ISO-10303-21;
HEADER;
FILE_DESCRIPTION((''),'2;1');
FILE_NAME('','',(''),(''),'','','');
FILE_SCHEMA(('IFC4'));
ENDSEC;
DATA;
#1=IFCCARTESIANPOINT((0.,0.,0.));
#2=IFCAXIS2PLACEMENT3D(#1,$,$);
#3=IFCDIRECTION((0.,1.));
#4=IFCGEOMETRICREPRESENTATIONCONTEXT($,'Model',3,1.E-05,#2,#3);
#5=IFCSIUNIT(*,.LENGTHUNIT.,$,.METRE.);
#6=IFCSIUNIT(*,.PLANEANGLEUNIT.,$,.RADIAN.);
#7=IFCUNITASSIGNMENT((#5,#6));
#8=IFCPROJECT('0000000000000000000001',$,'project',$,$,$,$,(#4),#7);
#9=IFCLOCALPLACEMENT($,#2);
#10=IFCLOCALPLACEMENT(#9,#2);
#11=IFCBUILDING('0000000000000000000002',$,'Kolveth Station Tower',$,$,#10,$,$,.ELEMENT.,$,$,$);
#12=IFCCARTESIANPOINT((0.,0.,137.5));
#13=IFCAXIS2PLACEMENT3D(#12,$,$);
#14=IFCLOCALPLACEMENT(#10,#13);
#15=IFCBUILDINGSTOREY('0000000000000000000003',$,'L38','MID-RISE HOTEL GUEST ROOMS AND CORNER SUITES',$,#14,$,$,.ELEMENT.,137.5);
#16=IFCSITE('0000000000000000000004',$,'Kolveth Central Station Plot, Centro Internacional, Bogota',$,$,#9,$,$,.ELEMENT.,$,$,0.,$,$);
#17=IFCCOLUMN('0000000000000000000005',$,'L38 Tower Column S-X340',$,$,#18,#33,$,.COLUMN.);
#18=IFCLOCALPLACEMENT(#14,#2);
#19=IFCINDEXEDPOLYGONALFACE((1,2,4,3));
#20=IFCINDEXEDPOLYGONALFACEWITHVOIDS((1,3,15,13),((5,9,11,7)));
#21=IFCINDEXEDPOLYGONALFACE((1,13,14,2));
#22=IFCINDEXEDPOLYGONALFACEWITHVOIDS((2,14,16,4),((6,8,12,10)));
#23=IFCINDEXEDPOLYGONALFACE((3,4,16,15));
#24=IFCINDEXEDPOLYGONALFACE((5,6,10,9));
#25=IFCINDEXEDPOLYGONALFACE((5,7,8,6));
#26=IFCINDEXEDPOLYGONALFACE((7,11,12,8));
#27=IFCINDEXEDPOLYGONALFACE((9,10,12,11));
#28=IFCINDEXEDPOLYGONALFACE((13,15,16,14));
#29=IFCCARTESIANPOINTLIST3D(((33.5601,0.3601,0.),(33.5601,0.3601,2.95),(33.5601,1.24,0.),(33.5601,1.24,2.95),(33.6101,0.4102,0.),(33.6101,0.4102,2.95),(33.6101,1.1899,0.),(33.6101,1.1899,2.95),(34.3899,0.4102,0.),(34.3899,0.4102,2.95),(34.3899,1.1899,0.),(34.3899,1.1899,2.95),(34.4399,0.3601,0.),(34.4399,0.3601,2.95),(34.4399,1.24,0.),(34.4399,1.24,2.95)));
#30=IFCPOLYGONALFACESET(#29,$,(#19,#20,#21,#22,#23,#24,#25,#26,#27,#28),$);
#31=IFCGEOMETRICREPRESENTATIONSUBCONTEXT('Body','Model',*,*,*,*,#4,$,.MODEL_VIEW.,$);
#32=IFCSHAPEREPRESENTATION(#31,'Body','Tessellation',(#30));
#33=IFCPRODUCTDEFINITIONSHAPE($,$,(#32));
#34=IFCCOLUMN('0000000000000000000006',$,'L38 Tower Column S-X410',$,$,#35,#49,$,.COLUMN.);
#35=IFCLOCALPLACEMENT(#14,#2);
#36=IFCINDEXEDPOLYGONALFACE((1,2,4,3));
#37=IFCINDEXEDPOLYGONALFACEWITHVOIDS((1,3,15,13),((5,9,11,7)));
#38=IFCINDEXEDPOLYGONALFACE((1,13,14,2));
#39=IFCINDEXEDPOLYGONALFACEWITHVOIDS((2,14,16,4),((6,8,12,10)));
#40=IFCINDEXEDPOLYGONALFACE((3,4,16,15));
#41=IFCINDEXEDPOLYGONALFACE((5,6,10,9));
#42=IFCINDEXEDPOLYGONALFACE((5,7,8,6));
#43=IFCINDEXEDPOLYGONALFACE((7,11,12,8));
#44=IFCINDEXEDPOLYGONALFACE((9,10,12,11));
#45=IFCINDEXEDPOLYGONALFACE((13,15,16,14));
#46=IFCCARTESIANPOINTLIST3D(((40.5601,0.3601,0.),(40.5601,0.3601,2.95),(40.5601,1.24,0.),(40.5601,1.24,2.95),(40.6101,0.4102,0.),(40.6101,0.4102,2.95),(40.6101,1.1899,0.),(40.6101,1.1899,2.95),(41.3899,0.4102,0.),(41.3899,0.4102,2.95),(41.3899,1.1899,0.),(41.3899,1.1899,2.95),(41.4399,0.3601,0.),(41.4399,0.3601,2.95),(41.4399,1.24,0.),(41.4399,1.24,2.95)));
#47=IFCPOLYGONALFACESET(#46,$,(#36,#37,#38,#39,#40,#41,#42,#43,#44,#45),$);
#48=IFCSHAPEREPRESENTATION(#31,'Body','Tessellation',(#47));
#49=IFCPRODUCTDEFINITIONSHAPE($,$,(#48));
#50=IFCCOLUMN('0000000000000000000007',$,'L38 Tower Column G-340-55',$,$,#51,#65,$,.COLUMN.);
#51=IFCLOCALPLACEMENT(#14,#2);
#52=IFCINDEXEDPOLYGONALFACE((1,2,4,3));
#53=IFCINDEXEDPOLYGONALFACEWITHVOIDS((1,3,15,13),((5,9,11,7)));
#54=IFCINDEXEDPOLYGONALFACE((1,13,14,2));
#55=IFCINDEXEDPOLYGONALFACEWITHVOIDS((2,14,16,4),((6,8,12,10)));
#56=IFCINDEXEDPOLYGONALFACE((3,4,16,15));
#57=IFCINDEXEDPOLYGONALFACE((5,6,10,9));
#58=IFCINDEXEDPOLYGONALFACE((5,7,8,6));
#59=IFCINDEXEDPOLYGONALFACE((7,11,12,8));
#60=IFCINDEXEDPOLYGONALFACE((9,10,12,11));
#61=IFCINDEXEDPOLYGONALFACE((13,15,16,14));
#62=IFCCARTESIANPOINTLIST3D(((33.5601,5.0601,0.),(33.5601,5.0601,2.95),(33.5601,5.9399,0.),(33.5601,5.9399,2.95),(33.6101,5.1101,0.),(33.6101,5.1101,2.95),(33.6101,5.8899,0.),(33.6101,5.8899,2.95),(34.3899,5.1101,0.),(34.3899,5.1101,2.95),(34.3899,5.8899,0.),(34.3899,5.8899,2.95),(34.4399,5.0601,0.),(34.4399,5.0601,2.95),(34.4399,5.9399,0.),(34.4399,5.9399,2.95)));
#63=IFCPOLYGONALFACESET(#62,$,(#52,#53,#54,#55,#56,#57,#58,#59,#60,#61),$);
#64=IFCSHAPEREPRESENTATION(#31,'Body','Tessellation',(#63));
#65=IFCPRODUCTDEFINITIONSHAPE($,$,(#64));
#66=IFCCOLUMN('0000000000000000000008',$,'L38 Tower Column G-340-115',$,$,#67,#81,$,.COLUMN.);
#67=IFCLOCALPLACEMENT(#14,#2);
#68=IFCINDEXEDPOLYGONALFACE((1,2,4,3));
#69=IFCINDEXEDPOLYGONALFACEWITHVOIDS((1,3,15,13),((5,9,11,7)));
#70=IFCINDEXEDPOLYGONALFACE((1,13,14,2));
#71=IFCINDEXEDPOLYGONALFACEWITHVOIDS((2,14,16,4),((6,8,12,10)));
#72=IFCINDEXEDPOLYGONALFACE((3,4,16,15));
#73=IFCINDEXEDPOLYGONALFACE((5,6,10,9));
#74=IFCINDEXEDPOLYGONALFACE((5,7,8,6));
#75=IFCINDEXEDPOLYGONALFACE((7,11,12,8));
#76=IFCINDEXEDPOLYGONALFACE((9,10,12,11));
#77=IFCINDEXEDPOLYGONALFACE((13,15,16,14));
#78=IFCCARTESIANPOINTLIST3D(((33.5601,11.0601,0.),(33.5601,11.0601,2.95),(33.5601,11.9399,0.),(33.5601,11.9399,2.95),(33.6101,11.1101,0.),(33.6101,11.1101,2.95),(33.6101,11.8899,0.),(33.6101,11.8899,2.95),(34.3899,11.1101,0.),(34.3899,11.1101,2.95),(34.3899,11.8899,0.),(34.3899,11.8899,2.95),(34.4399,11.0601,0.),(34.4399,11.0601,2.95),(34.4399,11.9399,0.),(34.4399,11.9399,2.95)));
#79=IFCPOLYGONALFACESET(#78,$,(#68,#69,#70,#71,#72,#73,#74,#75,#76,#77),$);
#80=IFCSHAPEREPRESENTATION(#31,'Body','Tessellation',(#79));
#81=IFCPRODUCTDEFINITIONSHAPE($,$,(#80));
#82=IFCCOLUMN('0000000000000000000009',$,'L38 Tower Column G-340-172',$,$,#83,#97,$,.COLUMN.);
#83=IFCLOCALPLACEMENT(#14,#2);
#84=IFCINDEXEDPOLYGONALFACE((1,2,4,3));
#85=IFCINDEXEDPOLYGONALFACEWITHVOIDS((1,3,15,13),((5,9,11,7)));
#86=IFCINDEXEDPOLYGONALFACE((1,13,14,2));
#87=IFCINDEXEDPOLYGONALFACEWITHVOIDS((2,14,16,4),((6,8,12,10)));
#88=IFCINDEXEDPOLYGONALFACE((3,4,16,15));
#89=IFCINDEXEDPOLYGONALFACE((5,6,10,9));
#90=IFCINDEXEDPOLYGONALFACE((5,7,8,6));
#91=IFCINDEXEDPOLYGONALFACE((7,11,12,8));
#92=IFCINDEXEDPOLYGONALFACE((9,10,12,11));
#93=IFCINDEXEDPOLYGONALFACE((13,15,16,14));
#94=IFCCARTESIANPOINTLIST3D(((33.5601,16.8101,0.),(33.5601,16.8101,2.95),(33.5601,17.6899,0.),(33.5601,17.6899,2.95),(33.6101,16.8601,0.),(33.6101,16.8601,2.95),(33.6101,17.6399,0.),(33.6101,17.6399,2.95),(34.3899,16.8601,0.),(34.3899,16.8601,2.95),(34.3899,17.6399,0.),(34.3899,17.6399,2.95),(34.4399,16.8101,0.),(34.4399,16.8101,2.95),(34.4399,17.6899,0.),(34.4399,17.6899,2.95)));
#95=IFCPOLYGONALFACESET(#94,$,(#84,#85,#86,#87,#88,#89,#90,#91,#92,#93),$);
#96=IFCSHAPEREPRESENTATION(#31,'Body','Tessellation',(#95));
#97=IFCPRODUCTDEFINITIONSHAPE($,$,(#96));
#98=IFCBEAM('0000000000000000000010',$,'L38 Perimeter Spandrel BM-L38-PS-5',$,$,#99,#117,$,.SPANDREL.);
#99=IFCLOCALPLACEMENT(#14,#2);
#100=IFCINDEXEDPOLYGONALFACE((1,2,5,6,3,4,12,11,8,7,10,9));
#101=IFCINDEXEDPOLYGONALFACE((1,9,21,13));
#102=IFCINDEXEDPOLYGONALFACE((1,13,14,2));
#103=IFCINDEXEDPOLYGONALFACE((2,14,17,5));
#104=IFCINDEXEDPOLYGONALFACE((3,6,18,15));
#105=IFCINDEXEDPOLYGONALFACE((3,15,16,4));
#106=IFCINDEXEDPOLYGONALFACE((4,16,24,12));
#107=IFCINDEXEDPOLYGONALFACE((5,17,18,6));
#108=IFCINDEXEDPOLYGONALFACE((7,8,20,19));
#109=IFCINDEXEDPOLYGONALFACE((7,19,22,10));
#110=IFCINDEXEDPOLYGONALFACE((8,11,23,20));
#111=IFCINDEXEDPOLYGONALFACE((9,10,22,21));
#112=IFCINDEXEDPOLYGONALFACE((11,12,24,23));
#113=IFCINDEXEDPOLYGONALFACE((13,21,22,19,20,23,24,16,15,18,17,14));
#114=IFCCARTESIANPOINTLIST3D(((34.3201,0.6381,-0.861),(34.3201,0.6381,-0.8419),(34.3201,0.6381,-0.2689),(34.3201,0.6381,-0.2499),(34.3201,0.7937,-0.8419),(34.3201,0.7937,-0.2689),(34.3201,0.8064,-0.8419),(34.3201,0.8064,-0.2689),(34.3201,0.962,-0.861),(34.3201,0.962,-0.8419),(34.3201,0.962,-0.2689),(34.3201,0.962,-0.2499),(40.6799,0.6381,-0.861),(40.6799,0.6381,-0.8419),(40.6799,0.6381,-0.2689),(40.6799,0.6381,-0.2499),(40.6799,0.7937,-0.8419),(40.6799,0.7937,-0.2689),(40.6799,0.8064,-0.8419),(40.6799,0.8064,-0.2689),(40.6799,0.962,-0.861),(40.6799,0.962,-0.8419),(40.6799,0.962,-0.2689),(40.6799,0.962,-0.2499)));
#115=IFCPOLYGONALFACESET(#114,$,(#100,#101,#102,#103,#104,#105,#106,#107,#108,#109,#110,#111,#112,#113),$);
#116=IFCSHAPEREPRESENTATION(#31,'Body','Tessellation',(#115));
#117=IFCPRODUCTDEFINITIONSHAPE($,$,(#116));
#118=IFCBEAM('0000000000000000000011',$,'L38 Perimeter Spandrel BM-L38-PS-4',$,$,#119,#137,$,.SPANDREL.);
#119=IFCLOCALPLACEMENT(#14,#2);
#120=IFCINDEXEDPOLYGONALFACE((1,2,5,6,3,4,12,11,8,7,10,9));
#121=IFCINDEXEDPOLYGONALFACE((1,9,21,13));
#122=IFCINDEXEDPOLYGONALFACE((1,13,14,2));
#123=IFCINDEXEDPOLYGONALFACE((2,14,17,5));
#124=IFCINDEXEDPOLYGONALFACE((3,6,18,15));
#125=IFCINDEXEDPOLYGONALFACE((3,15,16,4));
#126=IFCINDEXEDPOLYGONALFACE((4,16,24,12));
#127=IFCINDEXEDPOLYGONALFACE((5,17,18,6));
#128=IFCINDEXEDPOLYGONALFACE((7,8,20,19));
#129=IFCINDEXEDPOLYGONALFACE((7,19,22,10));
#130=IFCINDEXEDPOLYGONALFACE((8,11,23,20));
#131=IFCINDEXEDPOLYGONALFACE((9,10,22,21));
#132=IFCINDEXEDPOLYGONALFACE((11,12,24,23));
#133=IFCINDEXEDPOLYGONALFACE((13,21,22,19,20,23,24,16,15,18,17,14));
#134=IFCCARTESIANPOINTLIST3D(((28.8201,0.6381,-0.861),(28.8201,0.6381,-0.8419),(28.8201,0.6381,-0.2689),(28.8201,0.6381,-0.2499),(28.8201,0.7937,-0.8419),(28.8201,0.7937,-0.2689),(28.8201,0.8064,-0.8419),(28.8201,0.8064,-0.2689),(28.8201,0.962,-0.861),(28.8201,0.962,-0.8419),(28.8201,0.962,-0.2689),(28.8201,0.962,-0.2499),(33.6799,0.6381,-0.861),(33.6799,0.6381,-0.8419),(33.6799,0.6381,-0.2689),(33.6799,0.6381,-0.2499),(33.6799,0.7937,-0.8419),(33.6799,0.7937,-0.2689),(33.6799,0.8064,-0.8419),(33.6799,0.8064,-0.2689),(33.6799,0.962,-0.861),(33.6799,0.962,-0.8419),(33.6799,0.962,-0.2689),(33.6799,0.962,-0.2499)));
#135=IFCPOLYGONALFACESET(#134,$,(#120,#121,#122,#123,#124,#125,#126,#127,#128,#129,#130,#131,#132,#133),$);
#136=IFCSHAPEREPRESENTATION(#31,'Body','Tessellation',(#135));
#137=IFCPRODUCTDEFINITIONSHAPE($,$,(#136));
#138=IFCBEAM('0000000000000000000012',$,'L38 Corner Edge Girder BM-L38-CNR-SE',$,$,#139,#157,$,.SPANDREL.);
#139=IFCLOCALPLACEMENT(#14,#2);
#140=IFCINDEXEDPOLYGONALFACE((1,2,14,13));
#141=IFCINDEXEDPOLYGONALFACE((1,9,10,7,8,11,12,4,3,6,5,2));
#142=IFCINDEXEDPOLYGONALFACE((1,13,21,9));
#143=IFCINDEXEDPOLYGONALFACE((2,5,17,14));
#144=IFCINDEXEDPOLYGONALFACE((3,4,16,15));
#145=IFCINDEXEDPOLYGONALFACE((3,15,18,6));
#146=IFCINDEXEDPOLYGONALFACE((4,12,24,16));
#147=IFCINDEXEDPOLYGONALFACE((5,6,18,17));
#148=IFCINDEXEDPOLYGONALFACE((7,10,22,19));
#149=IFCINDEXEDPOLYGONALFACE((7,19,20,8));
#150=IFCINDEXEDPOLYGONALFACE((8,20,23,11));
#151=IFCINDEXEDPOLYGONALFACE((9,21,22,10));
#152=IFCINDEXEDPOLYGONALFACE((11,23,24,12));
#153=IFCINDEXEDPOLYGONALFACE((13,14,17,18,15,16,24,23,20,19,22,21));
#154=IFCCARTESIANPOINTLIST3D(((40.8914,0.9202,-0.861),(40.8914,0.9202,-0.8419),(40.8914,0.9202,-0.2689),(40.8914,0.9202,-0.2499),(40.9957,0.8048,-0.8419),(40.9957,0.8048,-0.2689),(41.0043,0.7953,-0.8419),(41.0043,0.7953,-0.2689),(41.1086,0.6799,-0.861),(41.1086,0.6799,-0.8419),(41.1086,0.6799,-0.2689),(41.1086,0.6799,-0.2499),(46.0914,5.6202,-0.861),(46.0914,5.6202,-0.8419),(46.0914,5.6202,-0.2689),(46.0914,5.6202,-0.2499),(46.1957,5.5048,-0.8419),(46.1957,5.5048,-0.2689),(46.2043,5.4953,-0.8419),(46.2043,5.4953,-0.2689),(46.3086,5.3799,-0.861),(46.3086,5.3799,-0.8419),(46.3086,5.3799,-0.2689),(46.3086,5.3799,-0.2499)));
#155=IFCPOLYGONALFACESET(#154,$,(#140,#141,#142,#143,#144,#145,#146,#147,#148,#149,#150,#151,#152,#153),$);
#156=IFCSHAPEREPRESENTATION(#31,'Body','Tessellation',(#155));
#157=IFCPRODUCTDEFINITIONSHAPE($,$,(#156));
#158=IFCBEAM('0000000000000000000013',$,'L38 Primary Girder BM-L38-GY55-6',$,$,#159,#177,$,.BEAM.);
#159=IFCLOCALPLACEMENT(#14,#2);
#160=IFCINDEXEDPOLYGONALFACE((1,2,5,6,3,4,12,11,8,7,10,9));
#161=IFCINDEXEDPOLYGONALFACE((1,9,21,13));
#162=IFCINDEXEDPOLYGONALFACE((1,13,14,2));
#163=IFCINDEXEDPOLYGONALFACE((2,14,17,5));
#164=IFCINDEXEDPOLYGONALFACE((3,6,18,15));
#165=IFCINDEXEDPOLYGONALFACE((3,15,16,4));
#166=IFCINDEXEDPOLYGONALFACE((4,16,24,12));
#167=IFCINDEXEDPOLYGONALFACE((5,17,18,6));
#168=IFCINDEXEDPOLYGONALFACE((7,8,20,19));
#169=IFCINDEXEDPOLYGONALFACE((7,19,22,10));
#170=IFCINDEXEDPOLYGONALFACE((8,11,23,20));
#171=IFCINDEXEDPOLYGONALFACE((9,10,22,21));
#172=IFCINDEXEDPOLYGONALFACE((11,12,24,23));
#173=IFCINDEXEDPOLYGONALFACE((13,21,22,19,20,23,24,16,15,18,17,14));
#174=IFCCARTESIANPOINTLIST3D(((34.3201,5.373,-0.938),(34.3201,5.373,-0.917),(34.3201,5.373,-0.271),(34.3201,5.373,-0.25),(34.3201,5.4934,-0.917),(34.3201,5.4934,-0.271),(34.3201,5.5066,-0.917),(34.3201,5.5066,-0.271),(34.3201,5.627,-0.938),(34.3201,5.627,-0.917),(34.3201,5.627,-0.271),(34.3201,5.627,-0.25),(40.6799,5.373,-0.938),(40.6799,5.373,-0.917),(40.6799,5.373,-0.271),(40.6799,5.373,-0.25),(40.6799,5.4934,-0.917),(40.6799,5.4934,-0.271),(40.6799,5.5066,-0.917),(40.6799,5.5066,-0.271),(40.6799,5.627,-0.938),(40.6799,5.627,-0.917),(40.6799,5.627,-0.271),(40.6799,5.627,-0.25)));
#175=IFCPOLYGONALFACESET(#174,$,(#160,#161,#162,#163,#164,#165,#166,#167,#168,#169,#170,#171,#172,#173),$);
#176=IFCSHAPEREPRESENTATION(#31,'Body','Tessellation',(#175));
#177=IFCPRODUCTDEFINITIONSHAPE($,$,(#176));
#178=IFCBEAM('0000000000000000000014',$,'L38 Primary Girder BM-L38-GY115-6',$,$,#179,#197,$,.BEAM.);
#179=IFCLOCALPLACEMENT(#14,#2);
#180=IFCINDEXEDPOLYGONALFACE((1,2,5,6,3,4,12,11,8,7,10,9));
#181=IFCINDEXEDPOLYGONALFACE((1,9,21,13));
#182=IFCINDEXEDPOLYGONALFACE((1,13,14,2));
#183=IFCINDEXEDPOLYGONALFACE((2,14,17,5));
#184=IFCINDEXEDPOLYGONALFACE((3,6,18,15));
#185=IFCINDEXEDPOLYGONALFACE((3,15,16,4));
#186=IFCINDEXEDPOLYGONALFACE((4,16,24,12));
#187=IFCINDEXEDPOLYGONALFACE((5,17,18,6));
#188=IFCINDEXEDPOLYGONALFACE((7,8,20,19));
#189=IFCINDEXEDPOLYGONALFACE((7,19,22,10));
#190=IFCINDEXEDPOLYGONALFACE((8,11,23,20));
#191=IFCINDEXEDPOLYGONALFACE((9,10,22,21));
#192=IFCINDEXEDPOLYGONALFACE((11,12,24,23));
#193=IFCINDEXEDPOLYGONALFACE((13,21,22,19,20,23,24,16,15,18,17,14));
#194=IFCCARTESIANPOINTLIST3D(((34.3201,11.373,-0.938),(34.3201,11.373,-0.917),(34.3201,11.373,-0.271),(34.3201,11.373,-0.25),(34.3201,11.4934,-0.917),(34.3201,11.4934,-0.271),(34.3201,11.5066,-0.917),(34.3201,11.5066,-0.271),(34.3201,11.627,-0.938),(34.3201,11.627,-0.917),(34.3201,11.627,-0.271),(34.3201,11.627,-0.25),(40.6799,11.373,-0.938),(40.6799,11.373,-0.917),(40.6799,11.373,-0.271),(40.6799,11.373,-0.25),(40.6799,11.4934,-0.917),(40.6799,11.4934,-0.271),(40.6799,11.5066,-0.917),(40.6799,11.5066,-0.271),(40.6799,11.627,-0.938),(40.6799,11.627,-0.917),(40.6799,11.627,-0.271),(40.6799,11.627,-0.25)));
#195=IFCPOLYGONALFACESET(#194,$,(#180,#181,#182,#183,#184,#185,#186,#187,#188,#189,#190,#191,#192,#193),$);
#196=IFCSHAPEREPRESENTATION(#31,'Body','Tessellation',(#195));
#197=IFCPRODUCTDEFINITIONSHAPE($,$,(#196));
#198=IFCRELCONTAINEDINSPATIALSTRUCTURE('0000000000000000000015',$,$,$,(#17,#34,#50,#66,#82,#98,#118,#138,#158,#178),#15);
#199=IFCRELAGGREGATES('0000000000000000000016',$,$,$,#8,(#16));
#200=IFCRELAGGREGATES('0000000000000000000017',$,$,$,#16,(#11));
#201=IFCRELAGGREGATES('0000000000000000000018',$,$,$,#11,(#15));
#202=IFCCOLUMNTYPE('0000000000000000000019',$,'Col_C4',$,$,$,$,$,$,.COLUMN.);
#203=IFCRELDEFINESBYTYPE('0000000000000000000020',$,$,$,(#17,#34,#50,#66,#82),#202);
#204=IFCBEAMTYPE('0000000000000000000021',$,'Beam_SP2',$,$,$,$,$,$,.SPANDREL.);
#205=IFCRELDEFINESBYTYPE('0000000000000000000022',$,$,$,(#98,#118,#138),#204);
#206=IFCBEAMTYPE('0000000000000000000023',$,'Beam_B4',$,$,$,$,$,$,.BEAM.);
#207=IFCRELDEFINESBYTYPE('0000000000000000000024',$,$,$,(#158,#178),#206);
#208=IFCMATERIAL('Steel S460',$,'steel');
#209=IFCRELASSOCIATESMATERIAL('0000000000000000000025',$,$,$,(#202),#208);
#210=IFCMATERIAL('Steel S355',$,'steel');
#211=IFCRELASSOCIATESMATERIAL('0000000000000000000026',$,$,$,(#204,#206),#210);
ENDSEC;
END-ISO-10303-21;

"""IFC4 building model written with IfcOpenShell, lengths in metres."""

from ifc_helpers import new_model, si_unit, direction, frame, origin, origin_2d, place, context, subcontext, project, spatial, hollow_rectangle, i_section, extrude, source, transform, mapped, material, material_profile, profile_set, type_object, element, save


model = new_model("IFC4")

# Units and contexts
model_context = context("Model", 3, precision=1e-05, world=origin(), true_north=direction((0.0, 1.0)))
body_context = subcontext(model_context, "Body", "Model", "MODEL_VIEW")
ifc_project = project(units=[si_unit("LENGTHUNIT", "METRE"), si_unit("PLANEANGLEUNIT", "RADIAN")], contexts=[model_context])

# Site, building, storey
site_placement = place(None, origin())
site = spatial("IfcSite", under=ifc_project, at=site_placement, Name="Kolveth Central Station Plot, Centro Internacional, Bogota", CompositionType="ELEMENT", RefElevation=0.0)
building_placement = place(site_placement, origin())
building = spatial("IfcBuilding", under=site, at=building_placement, Name="Kolveth Station Tower", CompositionType="ELEMENT")
storey_placement = place(building_placement, frame((0.0, 0.0, 137.5)))
storey = spatial("IfcBuildingStorey", under=building, at=storey_placement, Name="L38", Description="MID-RISE HOTEL GUEST ROOMS AND CORNER SUITES", CompositionType="ELEMENT", Elevation=137.5)

# Columns
ifc_material_1 = material(Name="Steel S460", Category="steel")
ifc_material_profile_1 = material_profile(ifc_material_1, hollow_rectangle(XDim=0.8799, YDim=0.8799, WallThickness=0.05, at=origin_2d()), Name="BOX880x880x50")
ifc_profile_set_1 = profile_set([ifc_material_profile_1], Name="Steel S460")
column_type = type_object("IfcColumnType", Name="Col_C4", PredefinedType="COLUMN", material=ifc_profile_set_1)
shared_shape_1 = source(origin(), body_context, "Body", "SweptSolid", [
    extrude(hollow_rectangle(XDim=0.8799, YDim=0.8799, WallThickness=0.05, at=origin_2d()), origin(), (0.0, 0.0, 1.0), 2.95),
])
for number, where, z_axis, x_axis, name in (
    (1, (34.0, 0.8, 0.0), (0.0, 0.0, 1.0), (1.0, 0.0, 0.0), "L38 Tower Column S-X340"),
    (2, (41.0, 0.8, 0.0), (0.0, 0.0, 1.0), (1.0, 0.0, 0.0), "L38 Tower Column S-X410"),
    (3, (34.0, 5.5, 0.0), (0.0, 0.0, 1.0), (1.0, 0.0, 0.0), "L38 Tower Column G-340-55"),
    (4, (34.0, 11.5, 0.0), (0.0, 0.0, 1.0), (1.0, 0.0, 0.0), "L38 Tower Column G-340-115"),
    (5, (34.0, 17.25, 0.0), (0.0, 0.0, 1.0), (1.0, 0.0, 0.0), "L38 Tower Column G-340-172"),
):
    element("IfcColumn", number, at=place(storey_placement, frame(where, z_axis=z_axis, x_axis=x_axis)), inside=storey, type_object=column_type, Name=name, PredefinedType="COLUMN", context=body_context, shape_type="MappedRepresentation", body=[
        mapped(shared_shape_1, transform((0.0, 0.0, 0.0), x_axis=(1.0, 0.0, 0.0), y_axis=(0.0, 1.0, 0.0), z_axis=(0.0, 0.0, 1.0), scale=1.0)),
    ])

# Beams
ifc_material_2 = material(Name="Steel S355", Category="steel")
ifc_material_profile_2 = material_profile(ifc_material_2, i_section(OverallWidth=0.324, OverallDepth=0.6111, WebThickness=0.0127, FlangeThickness=0.019, at=origin_2d()), Name="W610x155")
ifc_profile_set_2 = profile_set([ifc_material_profile_2], Name="Steel S355")
beam_type_1 = type_object("IfcBeamType", Name="Beam_SP2", PredefinedType="SPANDREL", material=ifc_profile_set_2)
shared_shape_2 = source(origin(), body_context, "Body", "SweptSolid", [
    extrude(i_section(OverallWidth=0.324, OverallDepth=0.6111, WebThickness=0.0127, FlangeThickness=0.019, at=origin_2d()), origin(), (0.0, 0.0, 1.0), 6.3599),
])
beam_1_placement = place(storey_placement, frame((34.3201, 0.8, -0.5554), z_axis=(1.0, 0.0, 0.0), x_axis=(0.0, 1.0, 0.0)))
element("IfcBeam", 6, at=beam_1_placement, inside=storey, type_object=beam_type_1, Name="L38 Perimeter Spandrel BM-L38-PS-5", PredefinedType="SPANDREL", context=body_context, shape_type="MappedRepresentation", body=[
    mapped(shared_shape_2, transform((0.0, 0.0, 0.0), x_axis=(1.0, 0.0, 0.0), y_axis=(0.0, 1.0, 0.0), z_axis=(0.0, 0.0, 1.0), scale=1.0)),
])
shared_shape_3 = source(origin(), body_context, "Body", "SweptSolid", [
    extrude(i_section(OverallWidth=0.324, OverallDepth=0.6111, WebThickness=0.0127, FlangeThickness=0.019, at=origin_2d()), origin(), (0.0, 0.0, 1.0), 4.8599),
])
beam_2_placement = place(storey_placement, frame((28.8201, 0.8, -0.5554), z_axis=(1.0, 0.0, 0.0), x_axis=(0.0, 1.0, 0.0)))
element("IfcBeam", 7, at=beam_2_placement, inside=storey, type_object=beam_type_1, Name="L38 Perimeter Spandrel BM-L38-PS-4", PredefinedType="SPANDREL", context=body_context, shape_type="MappedRepresentation", body=[
    mapped(shared_shape_3, transform((0.0, 0.0, 0.0), x_axis=(1.0, 0.0, 0.0), y_axis=(0.0, 1.0, 0.0), z_axis=(0.0, 0.0, 1.0), scale=1.0)),
])
shared_shape_4 = source(origin(), body_context, "Body", "SweptSolid", [
    extrude(i_section(OverallWidth=0.324, OverallDepth=0.6111, WebThickness=0.0127, FlangeThickness=0.019, at=origin_2d()), origin(), (0.0, 0.0, 1.0), 7.0093),
])
beam_3_placement = place(storey_placement, frame((41.0, 0.8, -0.5554), z_axis=(0.741874, 0.670539, 0.0), x_axis=(-0.670539, 0.741874, 0.0)))
element("IfcBeam", 8, at=beam_3_placement, inside=storey, type_object=beam_type_1, Name="L38 Corner Edge Girder BM-L38-CNR-SE", PredefinedType="SPANDREL", context=body_context, shape_type="MappedRepresentation", body=[
    mapped(shared_shape_4, transform((0.0, 0.0, 0.0), x_axis=(1.0, 0.0, 0.0), y_axis=(0.0, 1.0, 0.0), z_axis=(0.0, 0.0, 1.0), scale=1.0)),
])
ifc_material_profile_3 = material_profile(ifc_material_2, i_section(OverallWidth=0.2539, OverallDepth=0.688, WebThickness=0.0132, FlangeThickness=0.021, at=origin_2d()), Name="W690x152")
ifc_profile_set_3 = profile_set([ifc_material_profile_3], Name="Steel S355")
beam_type_2 = type_object("IfcBeamType", Name="Beam_B4", PredefinedType="BEAM", material=ifc_profile_set_3)
shared_shape_5 = source(origin(), body_context, "Body", "SweptSolid", [
    extrude(i_section(OverallWidth=0.2539, OverallDepth=0.688, WebThickness=0.0132, FlangeThickness=0.021, at=origin_2d()), origin(), (0.0, 0.0, 1.0), 6.3599),
])
for number, where, z_axis, x_axis, name in (
    (9, (34.3201, 5.5, -0.594), (1.0, 0.0, 0.0), (0.0, 1.0, 0.0), "L38 Primary Girder BM-L38-GY55-6"),
    (10, (34.3201, 11.5, -0.594), (1.0, 0.0, 0.0), (0.0, 1.0, 0.0), "L38 Primary Girder BM-L38-GY115-6"),
):
    element("IfcBeam", number, at=place(storey_placement, frame(where, z_axis=z_axis, x_axis=x_axis)), inside=storey, type_object=beam_type_2, Name=name, PredefinedType="BEAM", context=body_context, shape_type="MappedRepresentation", body=[
        mapped(shared_shape_5, transform((0.0, 0.0, 0.0), x_axis=(1.0, 0.0, 0.0), y_axis=(0.0, 1.0, 0.0), z_axis=(0.0, 0.0, 1.0), scale=1.0)),
    ])

save(model, "model.ifc")
